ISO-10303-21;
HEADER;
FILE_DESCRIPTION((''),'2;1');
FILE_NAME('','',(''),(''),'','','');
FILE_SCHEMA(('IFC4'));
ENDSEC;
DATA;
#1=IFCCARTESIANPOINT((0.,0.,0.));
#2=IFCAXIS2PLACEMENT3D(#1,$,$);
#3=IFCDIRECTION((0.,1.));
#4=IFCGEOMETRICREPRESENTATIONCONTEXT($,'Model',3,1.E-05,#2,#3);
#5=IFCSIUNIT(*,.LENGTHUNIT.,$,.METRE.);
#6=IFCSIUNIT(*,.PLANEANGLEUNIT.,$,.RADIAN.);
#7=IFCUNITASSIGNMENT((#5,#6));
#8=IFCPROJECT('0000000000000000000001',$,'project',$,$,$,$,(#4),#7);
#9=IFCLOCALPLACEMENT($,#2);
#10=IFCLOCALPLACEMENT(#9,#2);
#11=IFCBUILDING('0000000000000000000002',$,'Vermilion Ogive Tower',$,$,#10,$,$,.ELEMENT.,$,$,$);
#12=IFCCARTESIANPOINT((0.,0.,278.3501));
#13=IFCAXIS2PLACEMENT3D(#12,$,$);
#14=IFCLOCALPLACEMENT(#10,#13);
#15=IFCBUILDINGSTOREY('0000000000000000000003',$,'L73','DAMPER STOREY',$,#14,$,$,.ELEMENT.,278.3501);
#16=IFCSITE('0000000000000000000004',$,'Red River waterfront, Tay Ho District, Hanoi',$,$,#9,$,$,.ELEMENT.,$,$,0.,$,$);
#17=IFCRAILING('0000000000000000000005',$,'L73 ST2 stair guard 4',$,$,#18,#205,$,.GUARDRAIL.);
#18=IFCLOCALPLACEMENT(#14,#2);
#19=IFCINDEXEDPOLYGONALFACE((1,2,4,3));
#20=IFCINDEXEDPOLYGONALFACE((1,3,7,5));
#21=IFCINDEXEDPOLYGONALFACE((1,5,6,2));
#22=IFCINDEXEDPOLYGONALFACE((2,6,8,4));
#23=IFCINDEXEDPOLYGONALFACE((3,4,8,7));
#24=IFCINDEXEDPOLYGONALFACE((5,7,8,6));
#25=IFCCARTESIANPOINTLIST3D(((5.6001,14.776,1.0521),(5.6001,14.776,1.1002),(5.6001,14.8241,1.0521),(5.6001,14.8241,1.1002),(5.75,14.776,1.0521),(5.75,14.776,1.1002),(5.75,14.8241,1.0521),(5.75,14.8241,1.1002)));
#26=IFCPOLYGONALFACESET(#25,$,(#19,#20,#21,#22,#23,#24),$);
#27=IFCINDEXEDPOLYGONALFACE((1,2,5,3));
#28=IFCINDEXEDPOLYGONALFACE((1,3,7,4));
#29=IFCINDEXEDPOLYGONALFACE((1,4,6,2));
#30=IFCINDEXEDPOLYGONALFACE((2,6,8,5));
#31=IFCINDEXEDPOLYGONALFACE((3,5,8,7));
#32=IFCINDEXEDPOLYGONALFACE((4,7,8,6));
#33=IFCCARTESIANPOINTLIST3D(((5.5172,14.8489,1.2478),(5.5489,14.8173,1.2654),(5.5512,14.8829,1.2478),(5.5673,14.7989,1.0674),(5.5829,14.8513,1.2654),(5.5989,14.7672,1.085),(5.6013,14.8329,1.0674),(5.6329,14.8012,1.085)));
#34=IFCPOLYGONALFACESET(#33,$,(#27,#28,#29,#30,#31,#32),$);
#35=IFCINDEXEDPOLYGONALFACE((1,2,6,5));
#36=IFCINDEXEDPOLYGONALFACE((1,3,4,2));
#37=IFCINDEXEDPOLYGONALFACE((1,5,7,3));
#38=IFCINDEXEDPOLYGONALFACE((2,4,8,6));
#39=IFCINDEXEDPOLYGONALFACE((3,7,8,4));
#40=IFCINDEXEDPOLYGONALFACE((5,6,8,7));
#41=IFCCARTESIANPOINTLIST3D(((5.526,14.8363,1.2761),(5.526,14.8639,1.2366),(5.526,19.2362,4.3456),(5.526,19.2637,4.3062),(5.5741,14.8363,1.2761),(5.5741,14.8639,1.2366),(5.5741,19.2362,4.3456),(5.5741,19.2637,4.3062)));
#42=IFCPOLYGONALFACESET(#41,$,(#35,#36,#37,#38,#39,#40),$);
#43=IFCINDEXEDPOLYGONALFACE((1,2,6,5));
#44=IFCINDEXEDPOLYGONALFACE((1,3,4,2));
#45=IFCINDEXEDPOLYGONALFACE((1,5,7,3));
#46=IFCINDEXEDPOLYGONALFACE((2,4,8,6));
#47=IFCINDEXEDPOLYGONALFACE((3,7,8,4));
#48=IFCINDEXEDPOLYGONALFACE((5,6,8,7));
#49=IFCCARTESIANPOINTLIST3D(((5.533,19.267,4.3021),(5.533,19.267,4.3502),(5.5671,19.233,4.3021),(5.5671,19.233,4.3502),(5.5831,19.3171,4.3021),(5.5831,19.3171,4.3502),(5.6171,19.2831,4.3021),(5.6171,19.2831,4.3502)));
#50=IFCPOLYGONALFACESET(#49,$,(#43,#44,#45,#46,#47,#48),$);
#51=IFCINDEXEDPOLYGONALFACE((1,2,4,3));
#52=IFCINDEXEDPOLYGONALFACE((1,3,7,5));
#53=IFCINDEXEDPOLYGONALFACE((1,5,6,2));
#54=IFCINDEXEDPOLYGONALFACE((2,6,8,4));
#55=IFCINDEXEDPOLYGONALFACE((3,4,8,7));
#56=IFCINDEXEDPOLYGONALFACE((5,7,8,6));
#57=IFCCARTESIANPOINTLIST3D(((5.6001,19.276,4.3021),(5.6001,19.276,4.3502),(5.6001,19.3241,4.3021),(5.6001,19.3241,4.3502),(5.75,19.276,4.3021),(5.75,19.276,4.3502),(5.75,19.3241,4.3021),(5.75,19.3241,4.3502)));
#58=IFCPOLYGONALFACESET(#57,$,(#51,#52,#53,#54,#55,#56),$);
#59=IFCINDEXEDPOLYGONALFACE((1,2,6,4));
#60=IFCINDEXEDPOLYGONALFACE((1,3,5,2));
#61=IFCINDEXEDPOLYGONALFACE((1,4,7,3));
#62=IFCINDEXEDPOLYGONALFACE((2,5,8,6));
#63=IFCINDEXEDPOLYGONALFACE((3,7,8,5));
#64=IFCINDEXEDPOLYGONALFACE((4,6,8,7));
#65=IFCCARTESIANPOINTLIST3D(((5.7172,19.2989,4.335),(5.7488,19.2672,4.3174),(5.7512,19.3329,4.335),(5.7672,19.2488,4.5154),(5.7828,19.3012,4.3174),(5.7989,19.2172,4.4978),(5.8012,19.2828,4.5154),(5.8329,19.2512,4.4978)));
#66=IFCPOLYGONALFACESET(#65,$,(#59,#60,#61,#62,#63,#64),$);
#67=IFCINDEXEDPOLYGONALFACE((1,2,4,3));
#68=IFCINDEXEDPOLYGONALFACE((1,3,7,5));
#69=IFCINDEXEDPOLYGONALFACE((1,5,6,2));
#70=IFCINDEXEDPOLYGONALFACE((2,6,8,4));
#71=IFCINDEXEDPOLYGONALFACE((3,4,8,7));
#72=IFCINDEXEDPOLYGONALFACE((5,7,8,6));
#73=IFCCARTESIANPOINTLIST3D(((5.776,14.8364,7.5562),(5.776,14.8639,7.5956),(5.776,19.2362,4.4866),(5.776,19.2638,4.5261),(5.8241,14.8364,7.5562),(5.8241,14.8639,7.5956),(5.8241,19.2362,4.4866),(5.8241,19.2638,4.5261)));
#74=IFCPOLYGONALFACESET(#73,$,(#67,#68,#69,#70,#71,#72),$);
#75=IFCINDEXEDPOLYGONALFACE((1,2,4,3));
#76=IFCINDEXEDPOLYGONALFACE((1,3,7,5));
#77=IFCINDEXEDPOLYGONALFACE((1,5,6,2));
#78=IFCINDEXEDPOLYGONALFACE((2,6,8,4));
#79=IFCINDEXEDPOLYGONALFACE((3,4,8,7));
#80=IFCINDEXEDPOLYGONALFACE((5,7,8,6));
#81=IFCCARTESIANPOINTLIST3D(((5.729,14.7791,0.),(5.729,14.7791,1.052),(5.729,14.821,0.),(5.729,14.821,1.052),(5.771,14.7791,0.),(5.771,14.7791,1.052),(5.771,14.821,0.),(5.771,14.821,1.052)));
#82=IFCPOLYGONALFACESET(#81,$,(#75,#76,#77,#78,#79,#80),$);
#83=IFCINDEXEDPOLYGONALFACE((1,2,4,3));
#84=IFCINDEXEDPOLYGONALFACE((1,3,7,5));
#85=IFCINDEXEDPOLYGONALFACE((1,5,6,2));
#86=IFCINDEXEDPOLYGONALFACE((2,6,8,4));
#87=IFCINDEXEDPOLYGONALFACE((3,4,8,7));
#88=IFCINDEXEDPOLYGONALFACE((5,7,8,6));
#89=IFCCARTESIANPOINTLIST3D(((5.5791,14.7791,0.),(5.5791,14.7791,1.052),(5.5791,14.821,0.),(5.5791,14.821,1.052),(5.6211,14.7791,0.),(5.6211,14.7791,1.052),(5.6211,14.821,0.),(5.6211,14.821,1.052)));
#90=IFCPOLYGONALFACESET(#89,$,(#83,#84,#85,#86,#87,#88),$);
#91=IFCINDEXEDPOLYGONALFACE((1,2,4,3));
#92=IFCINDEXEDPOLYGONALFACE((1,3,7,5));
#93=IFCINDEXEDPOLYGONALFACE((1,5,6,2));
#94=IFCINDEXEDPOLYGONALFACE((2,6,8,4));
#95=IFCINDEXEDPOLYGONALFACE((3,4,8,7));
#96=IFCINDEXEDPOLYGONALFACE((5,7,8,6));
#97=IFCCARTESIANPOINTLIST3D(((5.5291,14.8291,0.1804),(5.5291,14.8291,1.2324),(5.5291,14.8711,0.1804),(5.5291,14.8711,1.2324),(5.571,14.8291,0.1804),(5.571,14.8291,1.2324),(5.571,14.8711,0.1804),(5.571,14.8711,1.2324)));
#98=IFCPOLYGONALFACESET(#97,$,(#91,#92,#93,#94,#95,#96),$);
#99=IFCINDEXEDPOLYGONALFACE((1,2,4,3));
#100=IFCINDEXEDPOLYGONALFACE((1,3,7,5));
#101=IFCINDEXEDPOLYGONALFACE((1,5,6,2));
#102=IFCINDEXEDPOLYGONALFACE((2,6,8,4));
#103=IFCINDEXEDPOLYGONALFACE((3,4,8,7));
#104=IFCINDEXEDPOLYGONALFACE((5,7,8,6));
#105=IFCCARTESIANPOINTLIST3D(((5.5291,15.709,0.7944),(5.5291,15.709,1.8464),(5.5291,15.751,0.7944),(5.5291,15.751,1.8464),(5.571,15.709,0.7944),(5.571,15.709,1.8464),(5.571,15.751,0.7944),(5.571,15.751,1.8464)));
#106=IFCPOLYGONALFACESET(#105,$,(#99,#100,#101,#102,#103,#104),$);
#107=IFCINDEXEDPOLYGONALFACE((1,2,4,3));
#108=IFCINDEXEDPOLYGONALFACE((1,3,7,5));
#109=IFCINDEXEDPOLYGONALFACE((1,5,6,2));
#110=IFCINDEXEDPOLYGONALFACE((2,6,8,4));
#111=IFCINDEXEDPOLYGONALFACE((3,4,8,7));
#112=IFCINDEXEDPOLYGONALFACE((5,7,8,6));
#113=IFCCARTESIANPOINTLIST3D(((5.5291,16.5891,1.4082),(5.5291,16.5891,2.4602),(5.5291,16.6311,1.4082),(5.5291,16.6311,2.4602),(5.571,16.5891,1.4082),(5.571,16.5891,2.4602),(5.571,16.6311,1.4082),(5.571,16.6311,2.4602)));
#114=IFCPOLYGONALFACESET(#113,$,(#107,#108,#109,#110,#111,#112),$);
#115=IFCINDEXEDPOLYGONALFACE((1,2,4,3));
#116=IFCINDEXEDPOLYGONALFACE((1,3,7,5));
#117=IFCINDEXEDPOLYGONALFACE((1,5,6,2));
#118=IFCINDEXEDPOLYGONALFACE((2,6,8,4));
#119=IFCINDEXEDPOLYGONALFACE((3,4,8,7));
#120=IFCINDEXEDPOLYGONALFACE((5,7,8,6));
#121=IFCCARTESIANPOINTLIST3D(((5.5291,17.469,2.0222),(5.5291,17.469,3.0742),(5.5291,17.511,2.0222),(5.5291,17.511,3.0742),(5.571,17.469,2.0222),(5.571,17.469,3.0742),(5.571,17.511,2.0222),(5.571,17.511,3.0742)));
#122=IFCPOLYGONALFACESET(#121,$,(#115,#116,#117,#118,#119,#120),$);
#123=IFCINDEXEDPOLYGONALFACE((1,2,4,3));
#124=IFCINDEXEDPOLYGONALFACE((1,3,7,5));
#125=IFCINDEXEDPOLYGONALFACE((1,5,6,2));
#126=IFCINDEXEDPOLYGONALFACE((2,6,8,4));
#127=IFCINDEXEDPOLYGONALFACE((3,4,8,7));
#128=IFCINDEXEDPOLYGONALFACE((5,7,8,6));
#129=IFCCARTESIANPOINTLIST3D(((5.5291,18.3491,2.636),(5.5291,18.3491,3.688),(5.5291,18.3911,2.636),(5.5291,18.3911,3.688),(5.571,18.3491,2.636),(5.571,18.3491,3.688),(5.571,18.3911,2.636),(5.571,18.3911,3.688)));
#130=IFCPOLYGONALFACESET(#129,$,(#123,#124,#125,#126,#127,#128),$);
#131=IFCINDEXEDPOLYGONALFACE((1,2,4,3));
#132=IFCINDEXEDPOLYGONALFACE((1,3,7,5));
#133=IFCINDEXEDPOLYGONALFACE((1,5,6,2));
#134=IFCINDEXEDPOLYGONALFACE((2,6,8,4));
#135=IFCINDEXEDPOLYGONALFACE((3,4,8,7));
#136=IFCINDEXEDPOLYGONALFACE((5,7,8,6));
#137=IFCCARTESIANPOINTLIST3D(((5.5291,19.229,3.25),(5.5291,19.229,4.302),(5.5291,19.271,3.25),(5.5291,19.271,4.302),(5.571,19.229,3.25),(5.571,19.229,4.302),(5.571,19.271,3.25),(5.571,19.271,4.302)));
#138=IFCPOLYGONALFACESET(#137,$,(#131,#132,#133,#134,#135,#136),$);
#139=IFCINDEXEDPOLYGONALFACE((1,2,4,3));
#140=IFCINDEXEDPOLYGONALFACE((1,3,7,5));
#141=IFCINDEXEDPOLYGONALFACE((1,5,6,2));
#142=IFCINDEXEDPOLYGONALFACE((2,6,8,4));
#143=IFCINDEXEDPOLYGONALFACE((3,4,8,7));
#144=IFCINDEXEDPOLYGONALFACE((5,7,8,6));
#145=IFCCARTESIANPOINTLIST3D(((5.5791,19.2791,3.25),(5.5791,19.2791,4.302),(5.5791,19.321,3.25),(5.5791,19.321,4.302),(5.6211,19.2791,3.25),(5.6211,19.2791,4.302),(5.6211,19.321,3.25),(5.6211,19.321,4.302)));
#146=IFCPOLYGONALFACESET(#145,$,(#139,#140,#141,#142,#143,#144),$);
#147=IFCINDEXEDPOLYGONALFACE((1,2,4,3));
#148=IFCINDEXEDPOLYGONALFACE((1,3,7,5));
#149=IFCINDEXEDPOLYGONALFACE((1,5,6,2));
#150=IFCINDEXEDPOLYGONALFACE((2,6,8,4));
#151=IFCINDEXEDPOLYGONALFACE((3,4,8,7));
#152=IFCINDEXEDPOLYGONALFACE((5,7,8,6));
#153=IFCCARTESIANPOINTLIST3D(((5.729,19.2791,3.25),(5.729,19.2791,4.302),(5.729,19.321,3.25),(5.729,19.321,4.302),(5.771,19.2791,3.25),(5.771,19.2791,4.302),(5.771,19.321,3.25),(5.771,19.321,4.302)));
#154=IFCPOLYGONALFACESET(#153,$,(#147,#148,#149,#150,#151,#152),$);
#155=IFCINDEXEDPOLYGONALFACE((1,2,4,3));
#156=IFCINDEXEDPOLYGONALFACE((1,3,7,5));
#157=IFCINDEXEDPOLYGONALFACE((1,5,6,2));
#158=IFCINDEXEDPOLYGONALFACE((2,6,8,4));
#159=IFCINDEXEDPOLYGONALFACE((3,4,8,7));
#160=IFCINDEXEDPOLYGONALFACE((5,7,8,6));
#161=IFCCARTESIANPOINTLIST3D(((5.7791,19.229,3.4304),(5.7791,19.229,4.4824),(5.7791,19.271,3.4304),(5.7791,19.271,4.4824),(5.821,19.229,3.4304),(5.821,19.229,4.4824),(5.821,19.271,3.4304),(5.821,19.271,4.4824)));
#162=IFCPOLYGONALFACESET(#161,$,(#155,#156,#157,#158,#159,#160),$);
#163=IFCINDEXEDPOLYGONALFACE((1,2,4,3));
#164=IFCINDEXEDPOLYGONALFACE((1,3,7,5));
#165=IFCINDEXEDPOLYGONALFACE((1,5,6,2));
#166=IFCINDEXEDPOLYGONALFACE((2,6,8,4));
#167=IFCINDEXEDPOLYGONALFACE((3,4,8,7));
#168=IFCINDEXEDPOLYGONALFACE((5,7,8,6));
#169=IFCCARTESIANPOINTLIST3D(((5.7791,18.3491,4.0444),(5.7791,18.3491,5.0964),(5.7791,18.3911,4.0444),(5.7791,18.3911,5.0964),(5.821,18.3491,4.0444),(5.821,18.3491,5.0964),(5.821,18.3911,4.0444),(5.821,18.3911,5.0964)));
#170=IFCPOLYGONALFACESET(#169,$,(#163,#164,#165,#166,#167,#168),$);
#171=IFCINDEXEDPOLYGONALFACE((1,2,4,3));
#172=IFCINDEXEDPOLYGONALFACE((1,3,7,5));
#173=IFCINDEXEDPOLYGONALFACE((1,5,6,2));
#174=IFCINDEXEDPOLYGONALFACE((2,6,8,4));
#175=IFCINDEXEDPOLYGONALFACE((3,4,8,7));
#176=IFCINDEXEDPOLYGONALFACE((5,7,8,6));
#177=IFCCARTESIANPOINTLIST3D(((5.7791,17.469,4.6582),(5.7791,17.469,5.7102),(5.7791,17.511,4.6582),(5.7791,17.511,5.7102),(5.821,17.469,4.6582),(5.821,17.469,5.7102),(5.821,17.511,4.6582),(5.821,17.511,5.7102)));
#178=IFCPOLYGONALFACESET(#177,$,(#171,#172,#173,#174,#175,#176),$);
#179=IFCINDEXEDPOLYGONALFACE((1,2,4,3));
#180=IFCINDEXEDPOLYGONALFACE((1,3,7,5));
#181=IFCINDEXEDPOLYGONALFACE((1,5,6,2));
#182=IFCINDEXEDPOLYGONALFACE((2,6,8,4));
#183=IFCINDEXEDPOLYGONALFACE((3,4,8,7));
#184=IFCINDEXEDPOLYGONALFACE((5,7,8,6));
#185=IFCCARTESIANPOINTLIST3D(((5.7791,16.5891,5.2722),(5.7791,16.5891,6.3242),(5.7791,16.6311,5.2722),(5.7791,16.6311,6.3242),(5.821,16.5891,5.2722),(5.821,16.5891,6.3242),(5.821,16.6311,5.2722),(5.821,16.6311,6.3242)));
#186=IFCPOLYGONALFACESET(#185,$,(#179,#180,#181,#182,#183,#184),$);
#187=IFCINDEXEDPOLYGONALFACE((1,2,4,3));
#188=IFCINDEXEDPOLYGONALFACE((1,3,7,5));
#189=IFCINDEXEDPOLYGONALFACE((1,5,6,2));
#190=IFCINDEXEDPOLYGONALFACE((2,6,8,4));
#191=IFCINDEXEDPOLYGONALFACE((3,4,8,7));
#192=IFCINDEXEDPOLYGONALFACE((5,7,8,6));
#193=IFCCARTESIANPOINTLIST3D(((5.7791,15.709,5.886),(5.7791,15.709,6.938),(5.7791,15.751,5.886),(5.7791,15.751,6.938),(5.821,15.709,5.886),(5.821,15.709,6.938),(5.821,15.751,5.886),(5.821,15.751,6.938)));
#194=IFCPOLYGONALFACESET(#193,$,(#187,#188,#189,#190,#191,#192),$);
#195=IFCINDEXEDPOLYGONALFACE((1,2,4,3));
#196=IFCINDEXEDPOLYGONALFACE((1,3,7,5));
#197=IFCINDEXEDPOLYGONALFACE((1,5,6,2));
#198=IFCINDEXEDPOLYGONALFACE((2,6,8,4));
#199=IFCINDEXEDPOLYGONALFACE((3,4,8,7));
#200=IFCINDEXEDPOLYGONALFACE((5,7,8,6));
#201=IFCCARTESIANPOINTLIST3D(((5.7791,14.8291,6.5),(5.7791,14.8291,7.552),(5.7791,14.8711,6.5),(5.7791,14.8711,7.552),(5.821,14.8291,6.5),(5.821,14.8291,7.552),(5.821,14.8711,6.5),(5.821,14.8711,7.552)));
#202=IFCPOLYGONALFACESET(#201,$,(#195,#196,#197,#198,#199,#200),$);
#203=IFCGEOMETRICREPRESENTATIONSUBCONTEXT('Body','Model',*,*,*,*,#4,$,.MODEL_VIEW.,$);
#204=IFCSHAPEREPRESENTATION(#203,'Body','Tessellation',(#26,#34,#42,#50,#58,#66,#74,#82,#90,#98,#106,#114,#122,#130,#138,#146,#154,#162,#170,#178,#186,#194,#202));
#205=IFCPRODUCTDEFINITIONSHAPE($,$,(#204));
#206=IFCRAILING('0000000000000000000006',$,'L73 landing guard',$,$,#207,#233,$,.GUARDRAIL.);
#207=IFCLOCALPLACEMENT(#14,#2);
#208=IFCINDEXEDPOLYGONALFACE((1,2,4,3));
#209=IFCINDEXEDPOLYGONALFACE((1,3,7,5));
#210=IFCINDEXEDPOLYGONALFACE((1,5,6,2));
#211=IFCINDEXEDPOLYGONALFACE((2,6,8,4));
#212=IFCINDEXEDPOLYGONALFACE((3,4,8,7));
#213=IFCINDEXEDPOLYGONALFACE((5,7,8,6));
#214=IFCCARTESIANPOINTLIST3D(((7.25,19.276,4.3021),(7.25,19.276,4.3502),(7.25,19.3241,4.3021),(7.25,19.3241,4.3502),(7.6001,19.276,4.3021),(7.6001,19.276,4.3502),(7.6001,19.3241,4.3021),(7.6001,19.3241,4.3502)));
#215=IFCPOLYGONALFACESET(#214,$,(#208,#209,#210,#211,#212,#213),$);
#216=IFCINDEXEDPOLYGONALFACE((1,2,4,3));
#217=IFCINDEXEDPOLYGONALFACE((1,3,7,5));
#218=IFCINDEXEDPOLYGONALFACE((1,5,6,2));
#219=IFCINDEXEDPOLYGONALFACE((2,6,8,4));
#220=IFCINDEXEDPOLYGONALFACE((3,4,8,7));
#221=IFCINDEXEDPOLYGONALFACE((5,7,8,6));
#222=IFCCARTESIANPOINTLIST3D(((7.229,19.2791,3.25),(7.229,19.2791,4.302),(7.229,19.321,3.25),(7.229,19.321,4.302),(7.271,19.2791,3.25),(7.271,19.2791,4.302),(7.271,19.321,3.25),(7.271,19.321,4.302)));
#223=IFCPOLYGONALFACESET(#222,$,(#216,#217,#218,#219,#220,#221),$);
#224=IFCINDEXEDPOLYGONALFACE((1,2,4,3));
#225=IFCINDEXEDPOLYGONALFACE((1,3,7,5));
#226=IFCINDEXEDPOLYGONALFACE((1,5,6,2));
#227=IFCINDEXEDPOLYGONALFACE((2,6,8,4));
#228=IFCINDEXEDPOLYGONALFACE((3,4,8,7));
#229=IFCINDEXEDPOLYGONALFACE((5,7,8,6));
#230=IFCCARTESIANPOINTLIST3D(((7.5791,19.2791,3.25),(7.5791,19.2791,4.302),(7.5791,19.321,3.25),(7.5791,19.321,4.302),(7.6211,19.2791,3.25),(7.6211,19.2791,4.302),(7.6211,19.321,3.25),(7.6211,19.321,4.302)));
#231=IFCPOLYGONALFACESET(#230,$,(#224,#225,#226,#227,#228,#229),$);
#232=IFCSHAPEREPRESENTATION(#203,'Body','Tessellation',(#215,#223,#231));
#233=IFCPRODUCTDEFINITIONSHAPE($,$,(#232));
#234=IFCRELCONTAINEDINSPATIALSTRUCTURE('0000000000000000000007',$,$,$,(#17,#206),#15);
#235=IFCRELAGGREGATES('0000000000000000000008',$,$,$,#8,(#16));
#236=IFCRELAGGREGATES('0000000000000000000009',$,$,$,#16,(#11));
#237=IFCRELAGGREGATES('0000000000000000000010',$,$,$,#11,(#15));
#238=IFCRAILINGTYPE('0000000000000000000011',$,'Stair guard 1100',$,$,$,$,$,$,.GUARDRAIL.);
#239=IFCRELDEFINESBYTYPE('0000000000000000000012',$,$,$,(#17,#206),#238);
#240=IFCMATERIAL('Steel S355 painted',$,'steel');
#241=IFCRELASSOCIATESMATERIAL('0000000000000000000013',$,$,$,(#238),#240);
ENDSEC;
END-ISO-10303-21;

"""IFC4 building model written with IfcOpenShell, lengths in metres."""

from ifc_helpers import new_model, si_unit, direction, frame, origin, origin_2d, place, context, subcontext, project, spatial, rectangle, extrude, material, type_object, element, save


model = new_model("IFC4")

# Units and contexts
model_context = context("Model", 3, precision=1e-05, world=origin(), true_north=direction((0.0, 1.0)))
body_context = subcontext(model_context, "Body", "Model", "MODEL_VIEW")
ifc_project = project(units=[si_unit("LENGTHUNIT", "METRE"), si_unit("PLANEANGLEUNIT", "RADIAN")], contexts=[model_context])

# Site, building, storey
site_placement = place(None, origin())
site = spatial("IfcSite", under=ifc_project, at=site_placement, Name="Red River waterfront, Tay Ho District, Hanoi", CompositionType="ELEMENT", RefElevation=0.0)
building_placement = place(site_placement, origin())
building = spatial("IfcBuilding", under=site, at=building_placement, Name="Vermilion Ogive Tower", CompositionType="ELEMENT")
storey_placement = place(building_placement, frame((0.0, 0.0, 278.3501)))
storey = spatial("IfcBuildingStorey", under=building, at=storey_placement, Name="L73", Description="DAMPER STOREY", CompositionType="ELEMENT", Elevation=278.3501)

# Railings
ifc_material_1 = material(Name="Steel S355 painted", Category="steel")
railing_type_1 = type_object("IfcRailingType", Name="Stair guard 1100", PredefinedType="GUARDRAIL", material=ifc_material_1)
railing_1_placement = place(storey_placement, frame((5.75, 14.8, 0.0)))
element("IfcRailing", 1, at=railing_1_placement, inside=storey, type_object=railing_type_1, Name="L73 ST2 stair guard 4", PredefinedType="GUARDRAIL", context=body_context, shape_type="SweptSolid", body=[
    extrude(rectangle(XDim=0.0481, YDim=0.0481, at=origin_2d()), frame((0.0, 0.0, 1.0762), z_axis=(-1.0, 0.0, 0.0), x_axis=(0.0, -1.0, 0.0)), (0.0, 0.0, 1.0), 0.1499),
    extrude(rectangle(XDim=0.0481, YDim=0.0481, at=origin_2d()), frame((-0.1499, 0.0, 1.0762), z_axis=(-0.258241, 0.258241, 0.930926), x_axis=(-0.707107, -0.707107, 0.0)), (0.0, 0.0, 1.0), 0.1938),
    extrude(rectangle(XDim=0.0481, YDim=0.0481, at=origin_2d()), frame((-0.2, 0.05, 1.2563), z_axis=(0.0, 0.820137, 0.572167), x_axis=(-1.0, 0.0, 0.0)), (0.0, 0.0, 1.0), 5.3647),
    extrude(rectangle(XDim=0.0481, YDim=0.0481, at=origin_2d()), frame((-0.2, 4.45, 4.3262), z_axis=(0.707107, 0.707107, 0.0), x_axis=(-0.707107, 0.707107, 0.0)), (0.0, 0.0, 1.0), 0.0708),
    extrude(rectangle(XDim=0.0481, YDim=0.0481, at=origin_2d()), frame((-0.1499, 4.5, 4.3262), z_axis=(1.0, 0.0, 0.0), x_axis=(0.0, 1.0, 0.0)), (0.0, 0.0, 1.0), 0.1499),
    extrude(rectangle(XDim=0.0481, YDim=0.0481, at=origin_2d()), frame((0.0, 4.5, 4.3262), z_axis=(0.258241, -0.258241, 0.930926), x_axis=(0.707107, 0.707107, 0.0)), (0.0, 0.0, 1.0), 0.1938),
    extrude(rectangle(XDim=0.0481, YDim=0.0481, at=origin_2d()), frame((0.05, 4.45, 4.5063), z_axis=(0.0, -0.820137, 0.572167), x_axis=(1.0, 0.0, 0.0)), (0.0, 0.0, 1.0), 5.3647),
    extrude(rectangle(XDim=0.042, YDim=0.042, at=origin_2d()), origin(), (0.0, 0.0, 1.0), 1.052),
    extrude(rectangle(XDim=0.042, YDim=0.042, at=origin_2d()), frame((-0.1499, 0.0, 0.0)), (0.0, 0.0, 1.0), 1.052),
    extrude(rectangle(XDim=0.042, YDim=0.042, at=origin_2d()), frame((-0.2, 0.05, 0.1804)), (0.0, 0.0, 1.0), 1.052),
    extrude(rectangle(XDim=0.042, YDim=0.042, at=origin_2d()), frame((-0.2, 0.9299, 0.7944)), (0.0, 0.0, 1.0), 1.052),
    extrude(rectangle(XDim=0.042, YDim=0.042, at=origin_2d()), frame((-0.2, 1.8101, 1.4082)), (0.0, 0.0, 1.0), 1.052),
    extrude(rectangle(XDim=0.042, YDim=0.042, at=origin_2d()), frame((-0.2, 2.6899, 2.0222)), (0.0, 0.0, 1.0), 1.052),
    extrude(rectangle(XDim=0.042, YDim=0.042, at=origin_2d()), frame((-0.2, 3.5701, 2.636)), (0.0, 0.0, 1.0), 1.052),
    extrude(rectangle(XDim=0.042, YDim=0.042, at=origin_2d()), frame((-0.2, 4.45, 3.25)), (0.0, 0.0, 1.0), 1.052),
    extrude(rectangle(XDim=0.042, YDim=0.042, at=origin_2d()), frame((-0.1499, 4.5, 3.25)), (0.0, 0.0, 1.0), 1.052),
    extrude(rectangle(XDim=0.042, YDim=0.042, at=origin_2d()), frame((0.0, 4.5, 3.25)), (0.0, 0.0, 1.0), 1.052),
    extrude(rectangle(XDim=0.042, YDim=0.042, at=origin_2d()), frame((0.05, 4.45, 3.4304)), (0.0, 0.0, 1.0), 1.052),
    extrude(rectangle(XDim=0.042, YDim=0.042, at=origin_2d()), frame((0.05, 3.5701, 4.0444)), (0.0, 0.0, 1.0), 1.052),
    extrude(rectangle(XDim=0.042, YDim=0.042, at=origin_2d()), frame((0.05, 2.6899, 4.6582)), (0.0, 0.0, 1.0), 1.052),
    extrude(rectangle(XDim=0.042, YDim=0.042, at=origin_2d()), frame((0.05, 1.8101, 5.2722)), (0.0, 0.0, 1.0), 1.052),
    extrude(rectangle(XDim=0.042, YDim=0.042, at=origin_2d()), frame((0.05, 0.9299, 5.886)), (0.0, 0.0, 1.0), 1.052),
    extrude(rectangle(XDim=0.042, YDim=0.042, at=origin_2d()), frame((0.05, 0.05, 6.5)), (0.0, 0.0, 1.0), 1.052),
])
railing_2_placement = place(storey_placement, frame((7.25, 19.3, 3.25)))
element("IfcRailing", 2, at=railing_2_placement, inside=storey, type_object=railing_type_1, Name="L73 landing guard", PredefinedType="GUARDRAIL", context=body_context, shape_type="SweptSolid", body=[
    extrude(rectangle(XDim=0.0481, YDim=0.0481, at=origin_2d()), frame((0.0, 0.0, 1.0762), z_axis=(1.0, 0.0, 0.0), x_axis=(0.0, 1.0, 0.0)), (0.0, 0.0, 1.0), 0.3501),
    extrude(rectangle(XDim=0.042, YDim=0.042, at=origin_2d()), origin(), (0.0, 0.0, 1.0), 1.052),
    extrude(rectangle(XDim=0.042, YDim=0.042, at=origin_2d()), frame((0.3501, 0.0, 0.0)), (0.0, 0.0, 1.0), 1.052),
])

save(model, "model.ifc")
